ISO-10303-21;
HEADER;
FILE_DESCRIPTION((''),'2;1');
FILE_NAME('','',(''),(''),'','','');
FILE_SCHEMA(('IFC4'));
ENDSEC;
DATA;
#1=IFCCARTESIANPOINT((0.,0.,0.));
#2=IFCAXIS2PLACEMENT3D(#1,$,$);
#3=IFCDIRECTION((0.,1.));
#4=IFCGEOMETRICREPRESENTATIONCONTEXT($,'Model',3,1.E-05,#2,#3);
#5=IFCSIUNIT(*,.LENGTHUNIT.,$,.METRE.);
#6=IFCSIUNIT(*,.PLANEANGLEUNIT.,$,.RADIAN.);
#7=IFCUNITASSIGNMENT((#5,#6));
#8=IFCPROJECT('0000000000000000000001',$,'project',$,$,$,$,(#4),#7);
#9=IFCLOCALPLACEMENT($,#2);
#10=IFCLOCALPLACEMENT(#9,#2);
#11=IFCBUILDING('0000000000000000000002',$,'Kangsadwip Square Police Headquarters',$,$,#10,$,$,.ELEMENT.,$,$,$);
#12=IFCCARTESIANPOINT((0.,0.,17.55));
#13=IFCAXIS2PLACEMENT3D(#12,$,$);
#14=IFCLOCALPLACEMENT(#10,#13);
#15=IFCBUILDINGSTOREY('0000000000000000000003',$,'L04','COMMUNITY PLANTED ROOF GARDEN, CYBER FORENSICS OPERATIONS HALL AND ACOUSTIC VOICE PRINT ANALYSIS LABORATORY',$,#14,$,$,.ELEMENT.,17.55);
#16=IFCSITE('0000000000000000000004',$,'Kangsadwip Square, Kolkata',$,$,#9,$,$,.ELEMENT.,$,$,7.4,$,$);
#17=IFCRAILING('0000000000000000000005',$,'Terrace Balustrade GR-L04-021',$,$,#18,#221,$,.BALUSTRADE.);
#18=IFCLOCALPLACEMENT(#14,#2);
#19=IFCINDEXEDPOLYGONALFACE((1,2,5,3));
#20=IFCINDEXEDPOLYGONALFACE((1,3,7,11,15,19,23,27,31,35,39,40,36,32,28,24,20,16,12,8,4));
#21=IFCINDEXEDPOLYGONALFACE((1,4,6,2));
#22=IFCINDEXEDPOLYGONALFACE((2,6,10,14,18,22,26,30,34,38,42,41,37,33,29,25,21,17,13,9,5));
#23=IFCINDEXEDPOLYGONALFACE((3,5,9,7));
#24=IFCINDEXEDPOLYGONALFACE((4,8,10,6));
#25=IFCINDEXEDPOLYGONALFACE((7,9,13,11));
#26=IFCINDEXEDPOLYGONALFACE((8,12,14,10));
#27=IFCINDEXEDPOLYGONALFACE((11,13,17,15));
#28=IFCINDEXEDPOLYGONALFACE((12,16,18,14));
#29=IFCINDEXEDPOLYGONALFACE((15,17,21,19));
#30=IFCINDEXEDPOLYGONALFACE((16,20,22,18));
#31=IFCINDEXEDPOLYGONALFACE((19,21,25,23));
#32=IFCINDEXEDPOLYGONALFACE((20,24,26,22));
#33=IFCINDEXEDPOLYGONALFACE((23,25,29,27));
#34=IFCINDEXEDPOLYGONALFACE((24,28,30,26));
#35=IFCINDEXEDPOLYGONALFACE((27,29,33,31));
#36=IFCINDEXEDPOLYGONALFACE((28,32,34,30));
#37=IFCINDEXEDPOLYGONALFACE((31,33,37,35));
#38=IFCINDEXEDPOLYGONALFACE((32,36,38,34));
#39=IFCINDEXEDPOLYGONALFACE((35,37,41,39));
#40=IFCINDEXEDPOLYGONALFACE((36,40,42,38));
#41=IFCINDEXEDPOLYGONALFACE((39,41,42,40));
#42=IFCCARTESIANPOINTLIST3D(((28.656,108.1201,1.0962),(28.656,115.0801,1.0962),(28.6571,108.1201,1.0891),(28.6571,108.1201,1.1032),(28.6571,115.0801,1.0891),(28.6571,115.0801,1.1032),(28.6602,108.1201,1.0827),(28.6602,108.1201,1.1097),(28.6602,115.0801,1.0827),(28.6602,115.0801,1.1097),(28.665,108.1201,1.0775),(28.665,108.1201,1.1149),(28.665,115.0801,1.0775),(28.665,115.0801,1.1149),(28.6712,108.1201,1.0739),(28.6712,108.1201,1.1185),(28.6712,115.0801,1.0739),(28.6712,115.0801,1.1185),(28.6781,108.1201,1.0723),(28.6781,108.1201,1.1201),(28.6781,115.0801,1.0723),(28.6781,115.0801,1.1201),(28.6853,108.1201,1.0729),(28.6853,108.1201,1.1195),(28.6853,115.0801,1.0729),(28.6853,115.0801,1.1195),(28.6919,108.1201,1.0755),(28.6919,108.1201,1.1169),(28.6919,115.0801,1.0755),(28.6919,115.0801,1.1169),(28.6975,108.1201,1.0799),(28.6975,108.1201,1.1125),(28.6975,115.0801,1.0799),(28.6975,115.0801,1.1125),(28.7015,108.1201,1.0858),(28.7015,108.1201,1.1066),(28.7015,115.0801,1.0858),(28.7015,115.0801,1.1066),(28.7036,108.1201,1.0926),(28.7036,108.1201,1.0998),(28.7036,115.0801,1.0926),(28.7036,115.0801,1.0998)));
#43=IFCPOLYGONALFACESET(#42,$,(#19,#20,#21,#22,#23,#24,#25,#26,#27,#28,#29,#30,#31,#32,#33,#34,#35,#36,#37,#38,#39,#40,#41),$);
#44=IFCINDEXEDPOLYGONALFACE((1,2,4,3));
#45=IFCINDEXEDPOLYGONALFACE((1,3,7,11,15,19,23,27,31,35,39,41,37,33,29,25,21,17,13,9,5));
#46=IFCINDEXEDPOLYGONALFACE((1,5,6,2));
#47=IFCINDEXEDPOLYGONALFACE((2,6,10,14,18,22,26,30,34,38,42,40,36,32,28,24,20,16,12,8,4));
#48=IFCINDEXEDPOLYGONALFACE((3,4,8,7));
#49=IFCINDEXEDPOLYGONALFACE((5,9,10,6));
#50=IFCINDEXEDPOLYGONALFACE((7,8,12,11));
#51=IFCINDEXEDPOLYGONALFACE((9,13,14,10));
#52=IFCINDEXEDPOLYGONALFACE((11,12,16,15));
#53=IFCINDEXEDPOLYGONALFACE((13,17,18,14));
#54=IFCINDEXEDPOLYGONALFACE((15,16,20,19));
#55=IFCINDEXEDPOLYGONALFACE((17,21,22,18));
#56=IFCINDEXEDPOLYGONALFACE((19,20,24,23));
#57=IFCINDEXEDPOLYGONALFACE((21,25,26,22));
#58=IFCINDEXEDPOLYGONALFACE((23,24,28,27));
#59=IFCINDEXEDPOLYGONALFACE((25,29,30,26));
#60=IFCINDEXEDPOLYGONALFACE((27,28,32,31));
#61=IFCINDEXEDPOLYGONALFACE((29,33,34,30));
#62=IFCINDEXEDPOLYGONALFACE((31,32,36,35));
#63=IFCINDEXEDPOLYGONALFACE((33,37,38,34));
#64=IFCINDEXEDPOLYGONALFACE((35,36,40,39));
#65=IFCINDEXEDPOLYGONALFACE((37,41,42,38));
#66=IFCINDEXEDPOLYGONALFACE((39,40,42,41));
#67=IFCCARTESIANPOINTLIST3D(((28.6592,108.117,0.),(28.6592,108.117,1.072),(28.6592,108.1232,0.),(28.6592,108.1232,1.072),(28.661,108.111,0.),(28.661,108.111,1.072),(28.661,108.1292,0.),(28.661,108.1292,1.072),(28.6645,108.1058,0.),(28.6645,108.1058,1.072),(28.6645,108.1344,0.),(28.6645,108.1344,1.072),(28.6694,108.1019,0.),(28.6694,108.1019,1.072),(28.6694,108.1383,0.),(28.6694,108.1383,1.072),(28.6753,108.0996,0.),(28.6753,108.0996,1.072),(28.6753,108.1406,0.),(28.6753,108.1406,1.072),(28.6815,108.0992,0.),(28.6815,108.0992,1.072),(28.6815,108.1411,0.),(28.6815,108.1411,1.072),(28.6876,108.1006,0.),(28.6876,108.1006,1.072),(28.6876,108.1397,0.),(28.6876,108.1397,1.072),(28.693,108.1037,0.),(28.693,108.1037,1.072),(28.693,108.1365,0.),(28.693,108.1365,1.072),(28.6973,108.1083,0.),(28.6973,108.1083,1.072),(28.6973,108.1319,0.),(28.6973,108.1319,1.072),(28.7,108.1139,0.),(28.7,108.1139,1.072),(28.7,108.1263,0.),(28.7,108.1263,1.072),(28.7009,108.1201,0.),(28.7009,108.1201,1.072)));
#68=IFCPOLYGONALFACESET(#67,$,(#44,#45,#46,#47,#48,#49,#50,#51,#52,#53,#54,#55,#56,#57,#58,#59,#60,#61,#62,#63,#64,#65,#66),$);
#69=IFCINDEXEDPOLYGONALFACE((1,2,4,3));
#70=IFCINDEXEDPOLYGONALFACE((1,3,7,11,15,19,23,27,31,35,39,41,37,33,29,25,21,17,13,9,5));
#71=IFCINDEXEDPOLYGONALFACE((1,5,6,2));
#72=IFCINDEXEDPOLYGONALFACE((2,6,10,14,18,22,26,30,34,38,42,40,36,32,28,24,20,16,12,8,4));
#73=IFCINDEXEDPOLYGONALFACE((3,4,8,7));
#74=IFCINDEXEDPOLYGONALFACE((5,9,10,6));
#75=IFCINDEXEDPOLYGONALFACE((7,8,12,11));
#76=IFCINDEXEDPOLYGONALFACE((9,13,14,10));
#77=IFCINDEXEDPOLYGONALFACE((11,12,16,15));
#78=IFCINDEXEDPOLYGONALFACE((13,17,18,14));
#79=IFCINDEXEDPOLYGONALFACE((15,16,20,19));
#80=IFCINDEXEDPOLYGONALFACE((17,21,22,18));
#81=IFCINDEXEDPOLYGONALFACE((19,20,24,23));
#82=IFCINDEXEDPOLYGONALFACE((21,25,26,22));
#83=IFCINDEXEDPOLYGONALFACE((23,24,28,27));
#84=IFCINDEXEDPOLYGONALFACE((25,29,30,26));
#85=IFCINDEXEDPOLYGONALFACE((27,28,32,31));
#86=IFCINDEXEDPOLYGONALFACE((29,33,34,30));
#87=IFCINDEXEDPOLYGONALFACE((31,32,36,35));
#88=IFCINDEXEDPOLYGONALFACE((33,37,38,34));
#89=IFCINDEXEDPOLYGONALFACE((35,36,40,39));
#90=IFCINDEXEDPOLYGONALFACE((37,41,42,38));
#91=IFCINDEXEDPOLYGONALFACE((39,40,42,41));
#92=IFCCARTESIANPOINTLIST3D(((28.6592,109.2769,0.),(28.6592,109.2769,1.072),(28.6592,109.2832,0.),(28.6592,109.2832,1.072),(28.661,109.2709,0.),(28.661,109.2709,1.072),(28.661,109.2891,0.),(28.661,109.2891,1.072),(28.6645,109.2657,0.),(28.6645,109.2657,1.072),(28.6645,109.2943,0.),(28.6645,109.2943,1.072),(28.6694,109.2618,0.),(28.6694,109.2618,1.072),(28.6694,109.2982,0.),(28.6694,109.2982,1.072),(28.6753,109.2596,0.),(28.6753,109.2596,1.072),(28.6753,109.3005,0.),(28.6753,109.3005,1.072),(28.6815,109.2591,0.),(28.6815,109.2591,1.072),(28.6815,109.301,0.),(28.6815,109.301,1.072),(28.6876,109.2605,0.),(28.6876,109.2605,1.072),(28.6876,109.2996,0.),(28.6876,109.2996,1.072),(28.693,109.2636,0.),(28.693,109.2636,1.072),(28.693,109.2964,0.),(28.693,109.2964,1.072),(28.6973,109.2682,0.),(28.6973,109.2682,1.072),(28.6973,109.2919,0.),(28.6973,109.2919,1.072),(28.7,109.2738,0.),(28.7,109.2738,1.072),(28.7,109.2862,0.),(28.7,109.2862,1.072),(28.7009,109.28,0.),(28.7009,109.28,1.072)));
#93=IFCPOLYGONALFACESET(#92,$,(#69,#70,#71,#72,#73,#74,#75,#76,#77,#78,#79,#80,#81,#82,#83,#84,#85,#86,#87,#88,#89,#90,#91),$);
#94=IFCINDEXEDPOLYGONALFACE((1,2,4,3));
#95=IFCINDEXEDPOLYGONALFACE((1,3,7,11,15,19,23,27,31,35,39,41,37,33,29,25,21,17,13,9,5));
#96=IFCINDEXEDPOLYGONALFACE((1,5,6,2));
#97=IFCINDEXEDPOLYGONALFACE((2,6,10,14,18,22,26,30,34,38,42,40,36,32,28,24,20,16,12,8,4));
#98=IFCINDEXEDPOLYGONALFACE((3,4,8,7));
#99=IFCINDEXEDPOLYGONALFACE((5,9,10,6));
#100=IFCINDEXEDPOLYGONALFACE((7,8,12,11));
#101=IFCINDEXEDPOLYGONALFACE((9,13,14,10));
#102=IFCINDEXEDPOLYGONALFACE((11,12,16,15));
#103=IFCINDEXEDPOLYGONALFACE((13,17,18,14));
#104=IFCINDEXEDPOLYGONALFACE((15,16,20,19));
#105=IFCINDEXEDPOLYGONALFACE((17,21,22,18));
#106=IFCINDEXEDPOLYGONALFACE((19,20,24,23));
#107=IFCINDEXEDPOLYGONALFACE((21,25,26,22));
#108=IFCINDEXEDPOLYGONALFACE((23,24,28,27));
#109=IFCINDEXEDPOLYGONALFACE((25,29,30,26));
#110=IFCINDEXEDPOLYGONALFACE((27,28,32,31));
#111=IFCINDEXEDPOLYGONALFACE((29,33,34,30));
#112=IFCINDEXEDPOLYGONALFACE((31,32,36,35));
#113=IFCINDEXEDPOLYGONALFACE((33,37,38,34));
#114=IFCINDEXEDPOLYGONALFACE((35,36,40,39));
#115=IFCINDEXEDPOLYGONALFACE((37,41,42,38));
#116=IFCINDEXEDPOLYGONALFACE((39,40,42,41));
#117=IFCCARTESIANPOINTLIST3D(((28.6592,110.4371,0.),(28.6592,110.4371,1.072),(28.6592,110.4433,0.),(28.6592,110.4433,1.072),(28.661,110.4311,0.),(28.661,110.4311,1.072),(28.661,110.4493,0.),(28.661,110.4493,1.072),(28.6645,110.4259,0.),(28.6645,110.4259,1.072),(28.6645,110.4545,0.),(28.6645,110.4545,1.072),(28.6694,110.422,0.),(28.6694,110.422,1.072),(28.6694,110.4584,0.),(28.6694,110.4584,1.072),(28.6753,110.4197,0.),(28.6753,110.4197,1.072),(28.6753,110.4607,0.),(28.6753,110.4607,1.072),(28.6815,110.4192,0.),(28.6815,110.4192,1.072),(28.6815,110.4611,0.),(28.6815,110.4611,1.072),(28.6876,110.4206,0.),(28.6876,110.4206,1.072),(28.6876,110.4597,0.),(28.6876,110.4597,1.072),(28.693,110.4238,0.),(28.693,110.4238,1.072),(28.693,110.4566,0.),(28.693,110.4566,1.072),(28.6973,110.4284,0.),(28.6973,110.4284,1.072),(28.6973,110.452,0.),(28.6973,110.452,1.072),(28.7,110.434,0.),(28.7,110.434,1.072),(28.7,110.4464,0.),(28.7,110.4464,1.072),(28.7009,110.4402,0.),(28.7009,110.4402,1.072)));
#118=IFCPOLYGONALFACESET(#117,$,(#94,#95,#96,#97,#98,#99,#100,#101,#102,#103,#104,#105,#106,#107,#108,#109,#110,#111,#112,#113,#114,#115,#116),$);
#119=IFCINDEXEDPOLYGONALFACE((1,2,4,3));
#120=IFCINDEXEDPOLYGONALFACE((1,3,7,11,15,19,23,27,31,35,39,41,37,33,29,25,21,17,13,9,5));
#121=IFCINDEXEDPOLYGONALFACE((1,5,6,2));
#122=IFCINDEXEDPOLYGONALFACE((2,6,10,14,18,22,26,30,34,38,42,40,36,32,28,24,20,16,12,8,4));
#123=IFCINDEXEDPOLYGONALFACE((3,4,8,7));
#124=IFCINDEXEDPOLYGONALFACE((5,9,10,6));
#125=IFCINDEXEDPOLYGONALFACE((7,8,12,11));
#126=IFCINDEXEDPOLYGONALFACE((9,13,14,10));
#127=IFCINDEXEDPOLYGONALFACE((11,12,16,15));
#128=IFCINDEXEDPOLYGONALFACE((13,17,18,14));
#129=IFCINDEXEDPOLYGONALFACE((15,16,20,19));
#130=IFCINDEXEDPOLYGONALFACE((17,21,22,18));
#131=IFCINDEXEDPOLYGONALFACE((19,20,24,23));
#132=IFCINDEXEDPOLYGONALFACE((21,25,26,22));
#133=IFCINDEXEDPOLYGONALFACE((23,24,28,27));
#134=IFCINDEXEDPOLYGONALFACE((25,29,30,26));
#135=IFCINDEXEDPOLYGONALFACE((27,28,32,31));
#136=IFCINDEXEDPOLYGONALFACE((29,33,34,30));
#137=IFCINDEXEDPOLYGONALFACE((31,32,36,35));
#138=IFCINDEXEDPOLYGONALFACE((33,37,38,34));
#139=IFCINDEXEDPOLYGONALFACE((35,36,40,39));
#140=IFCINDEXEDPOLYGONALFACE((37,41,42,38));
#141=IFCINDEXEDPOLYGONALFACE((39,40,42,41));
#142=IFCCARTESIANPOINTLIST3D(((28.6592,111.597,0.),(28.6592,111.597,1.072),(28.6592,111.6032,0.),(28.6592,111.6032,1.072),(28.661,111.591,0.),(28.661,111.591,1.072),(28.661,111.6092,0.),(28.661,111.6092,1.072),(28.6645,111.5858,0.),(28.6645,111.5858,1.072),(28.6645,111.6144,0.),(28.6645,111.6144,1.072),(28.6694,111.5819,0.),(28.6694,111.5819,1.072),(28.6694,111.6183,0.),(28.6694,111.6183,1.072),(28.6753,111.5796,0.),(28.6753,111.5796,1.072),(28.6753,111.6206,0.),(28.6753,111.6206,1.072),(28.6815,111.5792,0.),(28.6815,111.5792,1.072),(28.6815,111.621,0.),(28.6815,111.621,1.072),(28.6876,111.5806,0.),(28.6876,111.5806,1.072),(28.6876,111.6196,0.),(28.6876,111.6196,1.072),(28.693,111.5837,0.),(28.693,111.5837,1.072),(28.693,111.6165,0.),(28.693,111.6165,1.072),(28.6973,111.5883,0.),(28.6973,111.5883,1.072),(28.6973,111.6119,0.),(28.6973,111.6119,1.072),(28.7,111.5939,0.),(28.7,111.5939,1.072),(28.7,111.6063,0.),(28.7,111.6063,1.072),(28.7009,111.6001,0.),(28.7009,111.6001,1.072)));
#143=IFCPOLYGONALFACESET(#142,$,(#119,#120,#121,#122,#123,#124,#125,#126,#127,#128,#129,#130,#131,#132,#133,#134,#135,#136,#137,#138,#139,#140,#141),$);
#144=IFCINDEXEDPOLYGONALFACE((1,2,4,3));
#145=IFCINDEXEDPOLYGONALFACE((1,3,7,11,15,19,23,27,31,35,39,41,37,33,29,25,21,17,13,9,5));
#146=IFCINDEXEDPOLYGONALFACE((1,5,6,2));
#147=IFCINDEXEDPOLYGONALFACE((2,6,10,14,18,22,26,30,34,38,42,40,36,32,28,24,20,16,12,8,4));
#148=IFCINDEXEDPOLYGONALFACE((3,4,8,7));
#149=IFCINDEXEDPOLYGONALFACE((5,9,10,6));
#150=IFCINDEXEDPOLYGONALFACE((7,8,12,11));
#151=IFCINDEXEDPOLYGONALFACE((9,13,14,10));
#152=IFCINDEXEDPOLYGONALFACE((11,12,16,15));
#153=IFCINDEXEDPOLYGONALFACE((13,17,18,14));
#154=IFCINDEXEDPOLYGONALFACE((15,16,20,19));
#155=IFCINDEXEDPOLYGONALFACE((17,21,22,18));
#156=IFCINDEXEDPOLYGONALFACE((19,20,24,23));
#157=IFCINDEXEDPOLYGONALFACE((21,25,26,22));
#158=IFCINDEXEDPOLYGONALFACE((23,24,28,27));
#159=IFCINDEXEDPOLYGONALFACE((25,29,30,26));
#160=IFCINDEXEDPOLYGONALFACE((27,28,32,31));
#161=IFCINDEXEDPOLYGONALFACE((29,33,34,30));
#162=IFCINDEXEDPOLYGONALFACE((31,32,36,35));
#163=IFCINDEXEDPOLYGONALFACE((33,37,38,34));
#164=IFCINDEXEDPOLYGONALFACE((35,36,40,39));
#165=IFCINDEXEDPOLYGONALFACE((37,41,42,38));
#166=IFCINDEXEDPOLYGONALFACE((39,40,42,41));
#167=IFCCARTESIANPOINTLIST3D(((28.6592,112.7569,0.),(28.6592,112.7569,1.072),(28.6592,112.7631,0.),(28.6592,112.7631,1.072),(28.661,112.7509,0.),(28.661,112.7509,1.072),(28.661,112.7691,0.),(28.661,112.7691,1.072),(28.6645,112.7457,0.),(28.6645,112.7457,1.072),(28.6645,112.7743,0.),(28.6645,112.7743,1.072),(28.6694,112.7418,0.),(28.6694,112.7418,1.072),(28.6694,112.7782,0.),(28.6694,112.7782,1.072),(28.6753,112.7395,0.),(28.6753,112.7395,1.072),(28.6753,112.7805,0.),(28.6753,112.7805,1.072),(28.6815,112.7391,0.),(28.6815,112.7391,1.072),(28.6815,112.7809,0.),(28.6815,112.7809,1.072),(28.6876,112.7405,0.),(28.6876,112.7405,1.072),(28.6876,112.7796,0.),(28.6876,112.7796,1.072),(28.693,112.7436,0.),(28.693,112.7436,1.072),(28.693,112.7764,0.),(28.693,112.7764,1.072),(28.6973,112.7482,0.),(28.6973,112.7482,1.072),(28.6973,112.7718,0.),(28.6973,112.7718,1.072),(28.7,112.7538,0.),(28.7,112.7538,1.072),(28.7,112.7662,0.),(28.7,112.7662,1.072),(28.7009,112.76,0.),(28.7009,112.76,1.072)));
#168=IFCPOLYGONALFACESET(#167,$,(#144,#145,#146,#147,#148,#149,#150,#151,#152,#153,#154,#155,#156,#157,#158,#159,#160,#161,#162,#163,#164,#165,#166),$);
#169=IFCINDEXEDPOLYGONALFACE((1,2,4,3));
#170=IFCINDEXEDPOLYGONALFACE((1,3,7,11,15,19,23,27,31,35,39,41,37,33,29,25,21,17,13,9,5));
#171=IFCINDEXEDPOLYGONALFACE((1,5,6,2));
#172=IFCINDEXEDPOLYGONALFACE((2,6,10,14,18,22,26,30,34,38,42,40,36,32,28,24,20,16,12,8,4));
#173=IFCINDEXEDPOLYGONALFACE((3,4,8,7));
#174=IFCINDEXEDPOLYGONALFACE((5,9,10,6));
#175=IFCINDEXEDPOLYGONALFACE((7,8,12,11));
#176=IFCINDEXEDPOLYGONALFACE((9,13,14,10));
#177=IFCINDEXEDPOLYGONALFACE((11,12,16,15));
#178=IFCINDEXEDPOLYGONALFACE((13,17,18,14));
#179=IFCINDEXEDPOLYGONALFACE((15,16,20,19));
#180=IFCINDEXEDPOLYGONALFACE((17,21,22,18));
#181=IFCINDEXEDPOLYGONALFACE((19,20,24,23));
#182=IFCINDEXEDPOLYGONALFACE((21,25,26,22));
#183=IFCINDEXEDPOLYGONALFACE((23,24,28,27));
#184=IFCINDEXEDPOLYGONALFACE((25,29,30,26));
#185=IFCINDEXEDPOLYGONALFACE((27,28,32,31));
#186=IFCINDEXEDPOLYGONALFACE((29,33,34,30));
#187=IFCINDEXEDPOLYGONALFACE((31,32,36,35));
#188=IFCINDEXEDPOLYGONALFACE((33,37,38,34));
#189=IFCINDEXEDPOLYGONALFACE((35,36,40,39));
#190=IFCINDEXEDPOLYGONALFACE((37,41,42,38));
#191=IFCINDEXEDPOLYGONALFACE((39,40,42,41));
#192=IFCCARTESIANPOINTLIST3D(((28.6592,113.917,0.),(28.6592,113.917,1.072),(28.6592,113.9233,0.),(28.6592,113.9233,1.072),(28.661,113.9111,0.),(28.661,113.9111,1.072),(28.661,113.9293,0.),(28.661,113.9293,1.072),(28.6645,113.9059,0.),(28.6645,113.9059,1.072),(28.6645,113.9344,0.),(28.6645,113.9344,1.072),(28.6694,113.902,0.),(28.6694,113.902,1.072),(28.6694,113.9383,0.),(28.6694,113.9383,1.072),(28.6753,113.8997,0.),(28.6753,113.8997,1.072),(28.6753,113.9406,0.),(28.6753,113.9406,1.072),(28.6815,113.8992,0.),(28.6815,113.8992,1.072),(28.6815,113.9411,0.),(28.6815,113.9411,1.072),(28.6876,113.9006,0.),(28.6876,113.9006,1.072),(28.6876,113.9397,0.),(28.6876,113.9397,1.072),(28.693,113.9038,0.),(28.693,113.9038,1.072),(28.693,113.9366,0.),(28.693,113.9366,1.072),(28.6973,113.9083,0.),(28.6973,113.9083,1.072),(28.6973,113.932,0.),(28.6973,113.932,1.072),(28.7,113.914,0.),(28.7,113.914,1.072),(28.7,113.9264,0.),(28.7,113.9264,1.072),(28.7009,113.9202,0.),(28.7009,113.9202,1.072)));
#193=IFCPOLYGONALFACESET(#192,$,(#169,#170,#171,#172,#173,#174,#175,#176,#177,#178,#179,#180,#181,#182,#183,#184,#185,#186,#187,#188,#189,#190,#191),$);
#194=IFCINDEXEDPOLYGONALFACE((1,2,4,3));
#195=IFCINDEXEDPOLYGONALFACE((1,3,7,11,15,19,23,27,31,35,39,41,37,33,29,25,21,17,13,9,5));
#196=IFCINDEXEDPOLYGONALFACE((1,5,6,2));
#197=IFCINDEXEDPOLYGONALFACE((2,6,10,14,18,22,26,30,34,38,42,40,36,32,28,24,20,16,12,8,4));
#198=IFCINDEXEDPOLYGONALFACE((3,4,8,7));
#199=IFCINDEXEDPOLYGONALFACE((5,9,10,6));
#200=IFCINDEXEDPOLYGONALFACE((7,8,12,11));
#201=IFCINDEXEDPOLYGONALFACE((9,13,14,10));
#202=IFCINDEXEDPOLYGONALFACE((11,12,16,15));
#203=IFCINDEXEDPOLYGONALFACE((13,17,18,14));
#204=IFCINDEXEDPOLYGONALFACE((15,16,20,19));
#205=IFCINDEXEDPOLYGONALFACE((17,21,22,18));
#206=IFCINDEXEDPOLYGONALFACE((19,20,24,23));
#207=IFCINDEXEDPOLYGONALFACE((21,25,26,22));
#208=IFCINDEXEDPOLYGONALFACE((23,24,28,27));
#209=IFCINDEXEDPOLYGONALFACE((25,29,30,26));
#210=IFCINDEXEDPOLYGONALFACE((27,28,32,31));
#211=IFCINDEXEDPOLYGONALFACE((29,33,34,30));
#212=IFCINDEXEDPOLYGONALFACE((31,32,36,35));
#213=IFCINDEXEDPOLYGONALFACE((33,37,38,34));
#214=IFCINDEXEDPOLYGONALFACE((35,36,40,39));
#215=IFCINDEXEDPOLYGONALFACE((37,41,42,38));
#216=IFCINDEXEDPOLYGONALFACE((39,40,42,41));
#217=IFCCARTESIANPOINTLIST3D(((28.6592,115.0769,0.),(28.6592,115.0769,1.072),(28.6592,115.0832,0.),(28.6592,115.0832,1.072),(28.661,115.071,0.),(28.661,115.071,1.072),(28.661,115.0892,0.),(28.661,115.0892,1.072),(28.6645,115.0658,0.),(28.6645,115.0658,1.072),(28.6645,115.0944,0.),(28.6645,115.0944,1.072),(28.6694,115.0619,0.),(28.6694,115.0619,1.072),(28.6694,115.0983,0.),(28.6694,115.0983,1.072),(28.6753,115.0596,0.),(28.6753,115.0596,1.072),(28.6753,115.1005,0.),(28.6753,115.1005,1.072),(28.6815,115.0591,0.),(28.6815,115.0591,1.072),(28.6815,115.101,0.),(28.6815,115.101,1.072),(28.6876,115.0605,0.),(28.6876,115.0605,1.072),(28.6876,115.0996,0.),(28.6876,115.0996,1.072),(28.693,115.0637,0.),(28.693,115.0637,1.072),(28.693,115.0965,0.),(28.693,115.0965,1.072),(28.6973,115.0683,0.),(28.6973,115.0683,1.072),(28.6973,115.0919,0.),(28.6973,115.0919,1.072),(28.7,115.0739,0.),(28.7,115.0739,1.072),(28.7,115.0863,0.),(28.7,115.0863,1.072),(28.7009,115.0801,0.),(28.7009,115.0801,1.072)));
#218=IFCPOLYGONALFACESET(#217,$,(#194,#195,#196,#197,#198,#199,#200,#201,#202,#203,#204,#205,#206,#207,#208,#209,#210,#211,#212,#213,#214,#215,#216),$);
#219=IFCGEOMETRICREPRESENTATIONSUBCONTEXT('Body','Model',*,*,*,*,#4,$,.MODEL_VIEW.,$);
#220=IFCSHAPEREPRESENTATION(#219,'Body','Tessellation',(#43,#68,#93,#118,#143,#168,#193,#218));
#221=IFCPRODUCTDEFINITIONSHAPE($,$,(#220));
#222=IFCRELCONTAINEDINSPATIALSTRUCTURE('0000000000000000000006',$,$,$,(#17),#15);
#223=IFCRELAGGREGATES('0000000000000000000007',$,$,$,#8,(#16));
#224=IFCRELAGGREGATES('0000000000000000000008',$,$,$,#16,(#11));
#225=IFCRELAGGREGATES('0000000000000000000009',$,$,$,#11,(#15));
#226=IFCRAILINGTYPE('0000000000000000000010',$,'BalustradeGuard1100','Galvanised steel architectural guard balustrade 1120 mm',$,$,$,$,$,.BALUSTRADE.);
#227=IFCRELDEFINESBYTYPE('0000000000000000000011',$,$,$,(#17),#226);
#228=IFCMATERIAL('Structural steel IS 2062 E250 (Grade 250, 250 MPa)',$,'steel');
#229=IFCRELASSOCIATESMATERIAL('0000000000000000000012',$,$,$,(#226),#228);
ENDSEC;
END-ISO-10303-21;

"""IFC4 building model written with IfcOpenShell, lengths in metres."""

from ifc_helpers import new_model, si_unit, direction, frame, origin, origin_2d, place, context, subcontext, project, spatial, circle, extrude, material, type_object, element, save


model = new_model("IFC4")

# Units and contexts
model_context = context("Model", 3, precision=1e-05, world=origin(), true_north=direction((0.0, 1.0)))
body_context = subcontext(model_context, "Body", "Model", "MODEL_VIEW")
ifc_project = project(units=[si_unit("LENGTHUNIT", "METRE"), si_unit("PLANEANGLEUNIT", "RADIAN")], contexts=[model_context])

# Site, building, storey
site_placement = place(None, origin())
site = spatial("IfcSite", under=ifc_project, at=site_placement, Name="Kangsadwip Square, Kolkata", CompositionType="ELEMENT", RefElevation=7.4)
building_placement = place(site_placement, origin())
building = spatial("IfcBuilding", under=site, at=building_placement, Name="Kangsadwip Square Police Headquarters", CompositionType="ELEMENT")
storey_placement = place(building_placement, frame((0.0, 0.0, 17.55)))
storey = spatial("IfcBuildingStorey", under=building, at=storey_placement, Name="L04", Description="COMMUNITY PLANTED ROOF GARDEN, CYBER FORENSICS OPERATIONS HALL AND ACOUSTIC VOICE PRINT ANALYSIS LABORATORY", CompositionType="ELEMENT", Elevation=17.55)

# Railing
ifc_material_1 = material(Name="Structural steel IS 2062 E250 (Grade 250, 250 MPa)", Category="steel")
railing_type = type_object("IfcRailingType", Name="BalustradeGuard1100", Description="Galvanised steel architectural guard balustrade 1120 mm", PredefinedType="BALUSTRADE", material=ifc_material_1)
for number, where, name in (
    (1, (28.6799, 108.1201, 0.0), "Terrace Balustrade GR-L04-021"),
):
    element("IfcRailing", number, at=place(storey_placement, frame(where)), inside=storey, type_object=railing_type, Name=name, PredefinedType="BALUSTRADE", context=body_context, shape_type="SweptSolid", body=[
        extrude(circle(Radius=0.0239, at=origin_2d()), frame((0.0, 0.0, 1.0962), z_axis=(0.0, 1.0, 0.0), x_axis=(-1.0, 0.0, 0.0)), (0.0, 0.0, 1.0), 6.96),
        extrude(circle(Radius=0.021, at=origin_2d()), origin(), (0.0, 0.0, 1.0), 1.072),
        extrude(circle(Radius=0.021, at=origin_2d()), frame((0.0, 1.1599, 0.0)), (0.0, 0.0, 1.0), 1.072),
        extrude(circle(Radius=0.021, at=origin_2d()), frame((0.0, 2.3201, 0.0)), (0.0, 0.0, 1.0), 1.072),
        extrude(circle(Radius=0.021, at=origin_2d()), frame((0.0, 3.48, 0.0)), (0.0, 0.0, 1.0), 1.072),
        extrude(circle(Radius=0.021, at=origin_2d()), frame((0.0, 4.6399, 0.0)), (0.0, 0.0, 1.0), 1.072),
        extrude(circle(Radius=0.021, at=origin_2d()), frame((0.0, 5.8, 0.0)), (0.0, 0.0, 1.0), 1.072),
        extrude(circle(Radius=0.021, at=origin_2d()), frame((0.0, 6.96, 0.0)), (0.0, 0.0, 1.0), 1.072),
    ])

save(model, "model.ifc")
